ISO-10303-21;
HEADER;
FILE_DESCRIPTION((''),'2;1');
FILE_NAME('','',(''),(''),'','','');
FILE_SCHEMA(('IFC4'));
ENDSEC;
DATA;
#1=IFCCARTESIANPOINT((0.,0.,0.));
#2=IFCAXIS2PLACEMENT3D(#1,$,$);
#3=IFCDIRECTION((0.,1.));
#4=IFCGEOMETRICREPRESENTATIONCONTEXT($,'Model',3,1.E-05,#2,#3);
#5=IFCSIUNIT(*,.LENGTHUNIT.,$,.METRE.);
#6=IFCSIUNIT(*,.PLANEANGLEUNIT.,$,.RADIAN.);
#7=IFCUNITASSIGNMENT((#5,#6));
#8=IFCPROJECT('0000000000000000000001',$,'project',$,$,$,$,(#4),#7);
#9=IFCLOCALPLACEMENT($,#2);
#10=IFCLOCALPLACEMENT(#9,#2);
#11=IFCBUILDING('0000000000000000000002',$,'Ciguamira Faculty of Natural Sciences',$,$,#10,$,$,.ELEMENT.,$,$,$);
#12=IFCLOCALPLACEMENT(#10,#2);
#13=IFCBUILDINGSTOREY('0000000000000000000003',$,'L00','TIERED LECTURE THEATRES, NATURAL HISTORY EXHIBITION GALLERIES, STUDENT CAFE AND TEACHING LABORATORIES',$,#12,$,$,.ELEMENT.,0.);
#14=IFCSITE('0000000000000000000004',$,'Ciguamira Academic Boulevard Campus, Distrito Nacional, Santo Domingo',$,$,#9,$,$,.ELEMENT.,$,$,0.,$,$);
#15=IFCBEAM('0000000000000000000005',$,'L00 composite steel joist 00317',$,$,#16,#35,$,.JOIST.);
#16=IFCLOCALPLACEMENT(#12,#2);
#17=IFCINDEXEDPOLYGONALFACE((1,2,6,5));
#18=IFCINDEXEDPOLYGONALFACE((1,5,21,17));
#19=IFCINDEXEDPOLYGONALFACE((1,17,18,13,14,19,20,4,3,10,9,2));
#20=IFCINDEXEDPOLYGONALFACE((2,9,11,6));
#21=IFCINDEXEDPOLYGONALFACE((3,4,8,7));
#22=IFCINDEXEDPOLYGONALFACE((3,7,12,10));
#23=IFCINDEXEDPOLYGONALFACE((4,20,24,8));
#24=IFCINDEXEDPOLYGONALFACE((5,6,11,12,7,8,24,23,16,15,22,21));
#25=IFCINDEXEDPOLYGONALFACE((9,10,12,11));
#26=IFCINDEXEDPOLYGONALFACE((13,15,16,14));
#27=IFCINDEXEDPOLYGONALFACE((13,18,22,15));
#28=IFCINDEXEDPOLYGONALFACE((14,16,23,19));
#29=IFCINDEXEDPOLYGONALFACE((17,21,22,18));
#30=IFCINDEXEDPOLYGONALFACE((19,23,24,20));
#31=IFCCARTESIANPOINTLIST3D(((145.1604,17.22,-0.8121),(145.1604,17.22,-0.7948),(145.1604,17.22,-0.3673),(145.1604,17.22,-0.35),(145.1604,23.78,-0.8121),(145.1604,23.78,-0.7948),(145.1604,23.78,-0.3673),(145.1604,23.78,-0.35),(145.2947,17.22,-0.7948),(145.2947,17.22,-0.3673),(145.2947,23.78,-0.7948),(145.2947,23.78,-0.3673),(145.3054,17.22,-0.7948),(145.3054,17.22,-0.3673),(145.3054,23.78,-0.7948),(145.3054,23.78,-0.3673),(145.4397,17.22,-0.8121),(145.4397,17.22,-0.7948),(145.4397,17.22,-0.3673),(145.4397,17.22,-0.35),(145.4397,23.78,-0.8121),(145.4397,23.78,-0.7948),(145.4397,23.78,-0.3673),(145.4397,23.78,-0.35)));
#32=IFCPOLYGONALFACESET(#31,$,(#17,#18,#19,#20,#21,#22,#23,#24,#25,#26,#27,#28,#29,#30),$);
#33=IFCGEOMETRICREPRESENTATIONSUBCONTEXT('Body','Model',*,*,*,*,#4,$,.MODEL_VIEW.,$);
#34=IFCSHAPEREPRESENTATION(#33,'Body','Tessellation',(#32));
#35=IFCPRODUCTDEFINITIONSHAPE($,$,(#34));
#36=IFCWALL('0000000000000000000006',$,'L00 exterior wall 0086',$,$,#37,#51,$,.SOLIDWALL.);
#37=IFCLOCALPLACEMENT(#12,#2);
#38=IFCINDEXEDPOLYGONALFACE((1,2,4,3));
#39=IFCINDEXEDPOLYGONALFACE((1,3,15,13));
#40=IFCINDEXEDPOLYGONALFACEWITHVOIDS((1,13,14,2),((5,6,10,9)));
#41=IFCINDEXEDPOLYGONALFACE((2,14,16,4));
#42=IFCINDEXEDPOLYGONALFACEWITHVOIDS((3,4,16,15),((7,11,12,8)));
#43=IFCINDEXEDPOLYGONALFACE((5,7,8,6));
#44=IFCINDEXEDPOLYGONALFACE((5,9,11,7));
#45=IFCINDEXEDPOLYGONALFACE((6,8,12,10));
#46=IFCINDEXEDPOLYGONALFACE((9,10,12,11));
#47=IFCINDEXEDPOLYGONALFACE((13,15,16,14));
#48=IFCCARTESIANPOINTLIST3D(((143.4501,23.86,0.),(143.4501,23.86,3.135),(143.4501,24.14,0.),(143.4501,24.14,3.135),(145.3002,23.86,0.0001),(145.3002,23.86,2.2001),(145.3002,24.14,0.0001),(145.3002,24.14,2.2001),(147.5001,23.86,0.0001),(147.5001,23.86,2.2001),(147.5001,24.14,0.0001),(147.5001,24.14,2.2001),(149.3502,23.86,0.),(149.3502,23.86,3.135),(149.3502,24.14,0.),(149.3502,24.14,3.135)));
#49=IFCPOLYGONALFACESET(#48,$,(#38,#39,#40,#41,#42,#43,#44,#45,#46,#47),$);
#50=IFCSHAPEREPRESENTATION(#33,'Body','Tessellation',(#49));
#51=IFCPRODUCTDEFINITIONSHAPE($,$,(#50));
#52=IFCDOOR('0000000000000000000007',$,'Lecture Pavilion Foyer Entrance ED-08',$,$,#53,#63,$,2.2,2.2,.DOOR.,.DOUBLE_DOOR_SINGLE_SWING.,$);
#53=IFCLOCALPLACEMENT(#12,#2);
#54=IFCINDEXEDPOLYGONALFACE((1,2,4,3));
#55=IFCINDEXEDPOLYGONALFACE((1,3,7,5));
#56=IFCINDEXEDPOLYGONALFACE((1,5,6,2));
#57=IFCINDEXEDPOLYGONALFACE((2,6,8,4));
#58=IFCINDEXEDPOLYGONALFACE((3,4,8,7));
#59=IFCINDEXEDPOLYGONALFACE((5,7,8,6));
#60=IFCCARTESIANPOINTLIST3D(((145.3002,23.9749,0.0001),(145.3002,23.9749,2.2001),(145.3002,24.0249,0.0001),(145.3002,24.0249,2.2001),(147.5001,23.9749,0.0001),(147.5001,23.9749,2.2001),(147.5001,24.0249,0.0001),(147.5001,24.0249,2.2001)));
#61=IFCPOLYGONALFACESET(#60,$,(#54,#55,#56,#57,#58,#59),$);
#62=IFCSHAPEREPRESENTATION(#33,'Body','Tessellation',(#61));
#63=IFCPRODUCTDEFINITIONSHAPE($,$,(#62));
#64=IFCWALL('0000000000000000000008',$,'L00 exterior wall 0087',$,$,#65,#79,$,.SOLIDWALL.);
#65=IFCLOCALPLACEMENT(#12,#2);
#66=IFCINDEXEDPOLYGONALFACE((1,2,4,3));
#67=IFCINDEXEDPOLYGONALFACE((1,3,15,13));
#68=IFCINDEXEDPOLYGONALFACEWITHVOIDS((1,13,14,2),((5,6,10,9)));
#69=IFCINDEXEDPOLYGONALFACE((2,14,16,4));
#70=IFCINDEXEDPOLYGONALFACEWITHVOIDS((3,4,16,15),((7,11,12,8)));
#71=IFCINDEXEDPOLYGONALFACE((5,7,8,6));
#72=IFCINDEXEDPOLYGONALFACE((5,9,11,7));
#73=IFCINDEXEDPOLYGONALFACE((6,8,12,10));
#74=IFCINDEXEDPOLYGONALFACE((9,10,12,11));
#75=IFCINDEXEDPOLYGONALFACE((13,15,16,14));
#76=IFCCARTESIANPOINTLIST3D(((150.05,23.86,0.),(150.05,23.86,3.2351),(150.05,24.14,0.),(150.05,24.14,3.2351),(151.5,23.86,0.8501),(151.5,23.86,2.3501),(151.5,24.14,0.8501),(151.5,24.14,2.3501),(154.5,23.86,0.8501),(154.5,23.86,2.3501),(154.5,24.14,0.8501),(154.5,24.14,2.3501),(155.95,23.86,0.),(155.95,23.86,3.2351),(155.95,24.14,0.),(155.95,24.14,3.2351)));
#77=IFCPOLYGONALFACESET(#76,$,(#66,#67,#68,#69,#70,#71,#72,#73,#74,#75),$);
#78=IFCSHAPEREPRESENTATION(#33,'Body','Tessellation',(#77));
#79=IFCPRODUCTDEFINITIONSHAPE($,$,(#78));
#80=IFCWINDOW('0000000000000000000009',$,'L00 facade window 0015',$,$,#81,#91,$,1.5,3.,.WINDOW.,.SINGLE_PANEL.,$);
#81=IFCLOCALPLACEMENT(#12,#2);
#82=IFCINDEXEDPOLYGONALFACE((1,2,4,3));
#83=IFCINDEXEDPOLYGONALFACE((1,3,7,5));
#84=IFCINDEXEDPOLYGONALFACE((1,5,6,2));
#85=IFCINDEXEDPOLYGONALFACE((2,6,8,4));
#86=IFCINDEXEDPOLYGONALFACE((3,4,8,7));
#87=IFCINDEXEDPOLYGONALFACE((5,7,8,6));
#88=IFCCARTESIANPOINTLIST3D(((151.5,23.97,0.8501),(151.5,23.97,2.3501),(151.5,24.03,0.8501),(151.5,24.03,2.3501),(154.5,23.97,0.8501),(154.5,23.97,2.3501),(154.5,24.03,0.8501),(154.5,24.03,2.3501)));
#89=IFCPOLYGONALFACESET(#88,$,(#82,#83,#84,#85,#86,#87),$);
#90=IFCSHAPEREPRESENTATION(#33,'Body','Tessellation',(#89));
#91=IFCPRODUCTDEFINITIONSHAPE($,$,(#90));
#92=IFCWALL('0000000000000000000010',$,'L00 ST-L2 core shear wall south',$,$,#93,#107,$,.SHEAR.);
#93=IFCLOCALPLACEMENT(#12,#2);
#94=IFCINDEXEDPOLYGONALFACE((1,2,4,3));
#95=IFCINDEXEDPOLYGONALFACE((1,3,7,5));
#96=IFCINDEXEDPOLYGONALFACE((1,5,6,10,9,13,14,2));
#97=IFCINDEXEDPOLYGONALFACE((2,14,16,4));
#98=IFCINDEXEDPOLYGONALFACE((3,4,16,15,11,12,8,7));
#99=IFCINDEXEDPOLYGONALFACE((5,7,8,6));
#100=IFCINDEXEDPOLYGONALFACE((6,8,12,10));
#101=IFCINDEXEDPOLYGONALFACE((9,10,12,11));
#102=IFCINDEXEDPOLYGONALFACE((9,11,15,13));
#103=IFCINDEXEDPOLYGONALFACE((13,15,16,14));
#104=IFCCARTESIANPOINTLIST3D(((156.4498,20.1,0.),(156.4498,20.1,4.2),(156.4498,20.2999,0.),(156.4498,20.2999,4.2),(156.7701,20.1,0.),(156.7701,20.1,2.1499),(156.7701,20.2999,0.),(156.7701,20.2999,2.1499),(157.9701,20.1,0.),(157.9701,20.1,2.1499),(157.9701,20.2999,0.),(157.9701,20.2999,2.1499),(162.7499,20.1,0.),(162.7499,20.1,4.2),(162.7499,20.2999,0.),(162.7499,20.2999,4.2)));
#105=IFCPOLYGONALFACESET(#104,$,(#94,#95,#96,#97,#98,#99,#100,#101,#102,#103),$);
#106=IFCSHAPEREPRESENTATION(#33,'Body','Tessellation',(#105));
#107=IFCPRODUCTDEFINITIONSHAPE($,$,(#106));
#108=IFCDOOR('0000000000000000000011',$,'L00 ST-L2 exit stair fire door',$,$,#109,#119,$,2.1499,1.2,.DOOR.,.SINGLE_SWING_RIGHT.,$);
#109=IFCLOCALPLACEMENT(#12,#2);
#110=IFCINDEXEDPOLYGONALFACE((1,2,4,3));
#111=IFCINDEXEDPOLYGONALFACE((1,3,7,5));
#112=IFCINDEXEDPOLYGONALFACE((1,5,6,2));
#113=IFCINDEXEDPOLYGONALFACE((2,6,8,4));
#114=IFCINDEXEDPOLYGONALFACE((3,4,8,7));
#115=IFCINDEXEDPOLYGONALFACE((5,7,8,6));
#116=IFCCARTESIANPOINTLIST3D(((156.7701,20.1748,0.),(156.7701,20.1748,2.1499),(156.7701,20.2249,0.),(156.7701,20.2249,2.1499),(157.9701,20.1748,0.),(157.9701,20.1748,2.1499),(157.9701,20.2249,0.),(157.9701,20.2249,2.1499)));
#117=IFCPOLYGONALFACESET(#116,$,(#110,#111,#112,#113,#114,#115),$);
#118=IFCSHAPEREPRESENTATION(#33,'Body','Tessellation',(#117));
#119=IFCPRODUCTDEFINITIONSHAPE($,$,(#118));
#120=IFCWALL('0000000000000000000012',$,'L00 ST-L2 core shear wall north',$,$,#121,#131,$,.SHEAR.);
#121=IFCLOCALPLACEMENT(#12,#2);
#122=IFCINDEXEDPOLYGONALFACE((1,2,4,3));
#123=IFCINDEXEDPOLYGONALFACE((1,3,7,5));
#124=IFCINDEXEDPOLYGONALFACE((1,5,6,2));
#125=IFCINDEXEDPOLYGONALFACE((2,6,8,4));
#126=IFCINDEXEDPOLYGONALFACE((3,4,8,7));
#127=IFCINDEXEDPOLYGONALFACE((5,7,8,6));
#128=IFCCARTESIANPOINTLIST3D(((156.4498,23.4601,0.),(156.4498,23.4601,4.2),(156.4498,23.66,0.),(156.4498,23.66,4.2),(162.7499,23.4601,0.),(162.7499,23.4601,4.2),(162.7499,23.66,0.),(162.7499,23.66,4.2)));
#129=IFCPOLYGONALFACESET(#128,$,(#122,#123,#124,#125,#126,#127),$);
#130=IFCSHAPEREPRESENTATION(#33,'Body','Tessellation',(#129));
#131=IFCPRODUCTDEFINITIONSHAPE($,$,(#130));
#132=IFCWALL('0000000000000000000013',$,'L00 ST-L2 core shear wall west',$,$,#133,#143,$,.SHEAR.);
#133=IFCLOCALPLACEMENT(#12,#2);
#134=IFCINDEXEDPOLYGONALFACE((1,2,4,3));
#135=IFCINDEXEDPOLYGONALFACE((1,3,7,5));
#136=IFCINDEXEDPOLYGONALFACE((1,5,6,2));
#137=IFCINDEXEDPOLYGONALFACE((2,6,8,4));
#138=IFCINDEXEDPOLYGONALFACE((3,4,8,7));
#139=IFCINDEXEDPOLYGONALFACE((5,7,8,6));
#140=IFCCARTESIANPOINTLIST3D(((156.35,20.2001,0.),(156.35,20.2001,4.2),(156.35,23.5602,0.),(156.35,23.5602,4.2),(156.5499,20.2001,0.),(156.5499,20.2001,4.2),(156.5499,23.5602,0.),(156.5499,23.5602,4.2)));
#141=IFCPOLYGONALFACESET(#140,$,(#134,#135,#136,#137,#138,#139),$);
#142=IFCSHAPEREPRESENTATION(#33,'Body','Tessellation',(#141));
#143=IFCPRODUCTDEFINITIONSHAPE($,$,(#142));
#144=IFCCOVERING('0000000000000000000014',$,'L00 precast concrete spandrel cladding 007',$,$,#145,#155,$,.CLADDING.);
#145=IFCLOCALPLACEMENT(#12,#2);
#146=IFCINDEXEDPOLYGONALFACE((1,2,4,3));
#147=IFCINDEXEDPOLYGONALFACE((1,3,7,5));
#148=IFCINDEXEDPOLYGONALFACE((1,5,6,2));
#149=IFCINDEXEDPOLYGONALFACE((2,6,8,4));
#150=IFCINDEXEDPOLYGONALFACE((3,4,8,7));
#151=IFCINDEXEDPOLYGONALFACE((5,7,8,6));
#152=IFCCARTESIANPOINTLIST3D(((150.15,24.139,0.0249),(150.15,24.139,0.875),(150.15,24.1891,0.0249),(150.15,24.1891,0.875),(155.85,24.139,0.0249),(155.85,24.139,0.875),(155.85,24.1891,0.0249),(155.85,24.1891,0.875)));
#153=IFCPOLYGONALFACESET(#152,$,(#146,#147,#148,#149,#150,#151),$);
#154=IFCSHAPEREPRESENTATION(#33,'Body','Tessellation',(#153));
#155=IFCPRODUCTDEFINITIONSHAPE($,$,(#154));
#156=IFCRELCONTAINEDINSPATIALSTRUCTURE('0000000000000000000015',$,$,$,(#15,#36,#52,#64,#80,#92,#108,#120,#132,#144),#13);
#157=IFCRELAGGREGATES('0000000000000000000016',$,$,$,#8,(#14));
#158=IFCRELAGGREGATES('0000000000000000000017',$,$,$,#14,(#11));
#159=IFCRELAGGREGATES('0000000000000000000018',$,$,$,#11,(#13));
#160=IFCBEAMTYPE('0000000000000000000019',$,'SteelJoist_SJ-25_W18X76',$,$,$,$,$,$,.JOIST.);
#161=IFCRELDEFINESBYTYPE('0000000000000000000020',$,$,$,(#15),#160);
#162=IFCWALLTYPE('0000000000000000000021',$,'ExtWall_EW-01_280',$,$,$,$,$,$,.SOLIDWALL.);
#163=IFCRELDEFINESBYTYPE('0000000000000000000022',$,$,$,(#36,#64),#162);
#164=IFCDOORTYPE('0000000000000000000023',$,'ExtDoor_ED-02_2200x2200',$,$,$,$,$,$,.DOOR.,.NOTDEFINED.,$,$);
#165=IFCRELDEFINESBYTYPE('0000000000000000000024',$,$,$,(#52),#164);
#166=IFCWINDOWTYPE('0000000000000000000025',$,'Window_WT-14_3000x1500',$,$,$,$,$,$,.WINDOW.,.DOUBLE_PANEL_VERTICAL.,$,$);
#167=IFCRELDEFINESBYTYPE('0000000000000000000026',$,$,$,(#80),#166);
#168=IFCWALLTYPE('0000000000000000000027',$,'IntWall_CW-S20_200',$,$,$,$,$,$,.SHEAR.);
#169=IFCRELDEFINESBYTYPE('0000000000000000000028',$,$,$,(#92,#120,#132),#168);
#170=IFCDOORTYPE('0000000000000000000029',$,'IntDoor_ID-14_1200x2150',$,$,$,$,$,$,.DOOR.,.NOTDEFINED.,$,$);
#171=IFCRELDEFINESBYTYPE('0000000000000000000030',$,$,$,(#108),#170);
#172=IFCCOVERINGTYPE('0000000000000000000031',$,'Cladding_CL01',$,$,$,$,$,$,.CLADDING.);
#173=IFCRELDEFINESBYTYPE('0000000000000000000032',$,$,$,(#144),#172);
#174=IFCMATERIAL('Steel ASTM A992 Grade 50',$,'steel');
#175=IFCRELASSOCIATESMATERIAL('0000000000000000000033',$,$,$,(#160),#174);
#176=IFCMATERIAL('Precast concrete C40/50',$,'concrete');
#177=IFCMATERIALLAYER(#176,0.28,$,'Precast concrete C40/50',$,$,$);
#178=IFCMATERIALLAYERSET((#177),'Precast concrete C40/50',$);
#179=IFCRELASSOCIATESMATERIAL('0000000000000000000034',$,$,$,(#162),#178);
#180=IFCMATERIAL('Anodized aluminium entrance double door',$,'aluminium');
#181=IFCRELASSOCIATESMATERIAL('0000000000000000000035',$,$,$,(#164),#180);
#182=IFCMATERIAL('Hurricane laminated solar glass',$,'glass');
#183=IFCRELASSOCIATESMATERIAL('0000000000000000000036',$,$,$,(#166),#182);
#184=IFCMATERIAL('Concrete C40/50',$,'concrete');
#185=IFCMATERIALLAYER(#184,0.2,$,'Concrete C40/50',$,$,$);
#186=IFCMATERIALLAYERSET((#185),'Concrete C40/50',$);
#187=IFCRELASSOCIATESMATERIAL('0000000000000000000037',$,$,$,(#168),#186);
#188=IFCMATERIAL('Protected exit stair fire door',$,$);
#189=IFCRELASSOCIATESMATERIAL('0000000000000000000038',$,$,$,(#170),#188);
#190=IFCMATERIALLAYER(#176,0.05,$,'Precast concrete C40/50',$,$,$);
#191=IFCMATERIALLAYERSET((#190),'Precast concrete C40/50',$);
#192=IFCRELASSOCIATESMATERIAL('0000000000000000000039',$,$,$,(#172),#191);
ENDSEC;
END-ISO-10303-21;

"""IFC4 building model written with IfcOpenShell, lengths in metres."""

from ifc_helpers import new_model, si_unit, direction, frame, frame_2d, origin, origin_2d, place, context, subcontext, project, spatial, rectangle, i_section, extrude, material, layer, layer_set, material_profile, profile_set, type_object, element, fill, save


model = new_model("IFC4")

# Units and contexts
model_context = context("Model", 3, precision=1e-05, world=origin(), true_north=direction((0.0, 1.0)))
body_context = subcontext(model_context, "Body", "Model", "MODEL_VIEW")
ifc_project = project(units=[si_unit("LENGTHUNIT", "METRE"), si_unit("PLANEANGLEUNIT", "RADIAN")], contexts=[model_context])

# Site, building, storey
site_placement = place(None, origin())
site = spatial("IfcSite", under=ifc_project, at=site_placement, Name="Ciguamira Academic Boulevard Campus, Distrito Nacional, Santo Domingo", CompositionType="ELEMENT", RefElevation=0.0)
building_placement = place(site_placement, origin())
building = spatial("IfcBuilding", under=site, at=building_placement, Name="Ciguamira Faculty of Natural Sciences", CompositionType="ELEMENT")
storey_placement = place(building_placement, origin())
storey = spatial("IfcBuildingStorey", under=building, at=storey_placement, Name="L00", Description="TIERED LECTURE THEATRES, NATURAL HISTORY EXHIBITION GALLERIES, STUDENT CAFE AND TEACHING LABORATORIES", CompositionType="ELEMENT", Elevation=0.0)

# Beam
ifc_material_1 = material(Name="Concrete C40/50", Category="concrete")
ifc_material_2 = material(Name="Steel ASTM A992 Grade 50", Category="steel")
ifc_material_profile_1 = material_profile(ifc_material_2, i_section(OverallWidth=0.2793, OverallDepth=0.4622, WebThickness=0.0107, FlangeThickness=0.0173, at=origin_2d()), Name="W18X76")
ifc_profile_set_1 = profile_set([ifc_material_profile_1], Name="Steel ASTM A992 Grade 50")
beam_type_1 = type_object("IfcBeamType", Name="SteelJoist_SJ-25_W18X76", PredefinedType="JOIST", material=ifc_profile_set_1)
beam_1_placement = place(storey_placement, frame((145.3, 17.22, -0.5811), z_axis=(0.0, 1.0, 0.0), x_axis=(-1.0, 0.0, 0.0)))
element("IfcBeam", 1, at=beam_1_placement, inside=storey, type_object=beam_type_1, Name="L00 composite steel joist 00317", PredefinedType="JOIST", context=body_context, shape_type="SweptSolid", body=[
    extrude(i_section(OverallWidth=0.2793, OverallDepth=0.4622, WebThickness=0.0107, FlangeThickness=0.0173, at=origin_2d()), origin(), (0.0, 0.0, 1.0), 6.5601),
])

# Wall, opening, door
ifc_material_3 = material(Name="Precast concrete C40/50", Category="concrete")
ifc_layer_1 = layer(ifc_material_3, 0.28, Name="Precast concrete C40/50")
ifc_layer_set_1 = layer_set([ifc_layer_1], Name="Precast concrete C40/50")
wall_type_1 = type_object("IfcWallType", Name="ExtWall_EW-01_280", PredefinedType="SOLIDWALL", material=ifc_layer_set_1)
wall_1_placement = place(storey_placement, frame((143.45, 24.0, 0.0), z_axis=(0.0, 0.0, 1.0), x_axis=(1.0, 0.0, 0.0)))
wall_1 = element("IfcWall", 2, at=wall_1_placement, inside=storey, type_object=wall_type_1, Name="L00 exterior wall 0086", PredefinedType="SOLIDWALL", context=body_context, shape_type="SweptSolid", body=[
    extrude(rectangle(XDim=5.9001, YDim=0.28, at=frame_2d((2.9502, 0.0))), origin(), (0.0, 0.0, 1.0), 3.135),
])
opening_1_placement = place(wall_1_placement, frame((1.8501, 0.0, 0.0)))
opening_1 = element("IfcOpeningElement", 3, at=opening_1_placement, cuts=wall_1, PredefinedType="OPENING", context=body_context, shape_type="SweptSolid", body=[
    extrude(rectangle(XDim=2.2, YDim=2.2, at=frame_2d((1.1001, 1.1001))), frame((0.0, 0.1499, 0.0), z_axis=(0.0, -1.0, 0.0), x_axis=(1.0, 0.0, 0.0)), (0.0, 0.0, 1.0), 0.3),
])
ifc_material_4 = material(Name="Anodized aluminium entrance double door", Category="aluminium")
door_type_1 = type_object("IfcDoorType", Name="ExtDoor_ED-02_2200x2200", OperationType="NOTDEFINED", PredefinedType="DOOR", material=ifc_material_4)
door_1_placement = place(opening_1_placement, origin())
door_1 = element("IfcDoor", 4, at=door_1_placement, inside=storey, type_object=door_type_1, Name="Lecture Pavilion Foyer Entrance ED-08", OperationType="DOUBLE_DOOR_SINGLE_SWING", OverallHeight=2.2, OverallWidth=2.2, PredefinedType="DOOR", context=body_context, shape_type="SweptSolid", body=[
    extrude(rectangle(XDim=2.2, YDim=2.2, at=frame_2d((1.1001, 1.1001))), frame((0.0, 0.0249, 0.0), z_axis=(0.0, -1.0, 0.0), x_axis=(1.0, 0.0, 0.0)), (0.0, 0.0, 1.0), 0.05),
])
fill(opening_1, door_1)

# Wall, opening, window
wall_2_placement = place(storey_placement, frame((150.05, 24.0, 0.0), z_axis=(0.0, 0.0, 1.0), x_axis=(1.0, 0.0, 0.0)))
wall_2 = element("IfcWall", 5, at=wall_2_placement, inside=storey, type_object=wall_type_1, Name="L00 exterior wall 0087", PredefinedType="SOLIDWALL", context=body_context, shape_type="SweptSolid", body=[
    extrude(rectangle(XDim=5.8999, YDim=0.28, at=frame_2d((2.95, 0.0))), origin(), (0.0, 0.0, 1.0), 3.2351),
])
opening_2_placement = place(wall_2_placement, frame((1.45, 0.0, 0.8501)))
opening_2 = element("IfcOpeningElement", 6, at=opening_2_placement, cuts=wall_2, PredefinedType="OPENING", context=body_context, shape_type="SweptSolid", body=[
    extrude(rectangle(XDim=3.0, YDim=1.5, at=frame_2d((1.5, 0.75))), frame((0.0, 0.1499, 0.0), z_axis=(0.0, -1.0, 0.0), x_axis=(1.0, 0.0, 0.0)), (0.0, 0.0, 1.0), 0.3),
])
ifc_material_5 = material(Name="Hurricane laminated solar glass", Category="glass")
window_type = type_object("IfcWindowType", Name="Window_WT-14_3000x1500", PartitioningType="DOUBLE_PANEL_VERTICAL", PredefinedType="WINDOW", material=ifc_material_5)
window_placement = place(opening_2_placement, origin())
window = element("IfcWindow", 7, at=window_placement, inside=storey, type_object=window_type, Name="L00 facade window 0015", OverallHeight=1.5, OverallWidth=3.0, PartitioningType="SINGLE_PANEL", PredefinedType="WINDOW", context=body_context, shape_type="SweptSolid", body=[
    extrude(rectangle(XDim=3.0, YDim=1.5, at=frame_2d((1.5, 0.75))), frame((0.0, 0.03, 0.0), z_axis=(0.0, -1.0, 0.0), x_axis=(1.0, 0.0, 0.0)), (0.0, 0.0, 1.0), 0.0601),
])
fill(opening_2, window)

# Wall, opening, door
ifc_layer_2 = layer(ifc_material_1, 0.2, Name="Concrete C40/50")
ifc_layer_set_2 = layer_set([ifc_layer_2], Name="Concrete C40/50")
wall_type_2 = type_object("IfcWallType", Name="IntWall_CW-S20_200", PredefinedType="SHEAR", material=ifc_layer_set_2)
wall_3_placement = place(storey_placement, frame((156.45, 20.2, 0.0), z_axis=(0.0, 0.0, 1.0), x_axis=(1.0, 0.0, 0.0)))
wall_3 = element("IfcWall", 8, at=wall_3_placement, inside=storey, type_object=wall_type_2, Name="L00 ST-L2 core shear wall south", PredefinedType="SHEAR", context=body_context, shape_type="SweptSolid", body=[
    extrude(rectangle(XDim=6.3, YDim=0.2, at=frame_2d((3.1499, 0.0))), origin(), (0.0, 0.0, 1.0), 4.2),
])
opening_3_placement = place(wall_3_placement, frame((0.3201, 0.0, 0.0)))
opening_3 = element("IfcOpeningElement", 9, at=opening_3_placement, cuts=wall_3, PredefinedType="OPENING", context=body_context, shape_type="SweptSolid", body=[
    extrude(rectangle(XDim=1.2, YDim=2.1499, at=frame_2d((0.6001, 1.075))), frame((0.0, 0.1099, 0.0), z_axis=(0.0, -1.0, 0.0), x_axis=(1.0, 0.0, 0.0)), (0.0, 0.0, 1.0), 0.22),
])
ifc_material_6 = material(Name="Protected exit stair fire door")
door_type_2 = type_object("IfcDoorType", Name="IntDoor_ID-14_1200x2150", OperationType="NOTDEFINED", PredefinedType="DOOR", material=ifc_material_6)
door_2_placement = place(opening_3_placement, origin())
door_2 = element("IfcDoor", 10, at=door_2_placement, inside=storey, type_object=door_type_2, Name="L00 ST-L2 exit stair fire door", OperationType="SINGLE_SWING_RIGHT", OverallHeight=2.1499, OverallWidth=1.2, PredefinedType="DOOR", context=body_context, shape_type="SweptSolid", body=[
    extrude(rectangle(XDim=1.2, YDim=2.1499, at=frame_2d((0.6001, 1.075))), frame((0.0, 0.0249, 0.0), z_axis=(0.0, -1.0, 0.0), x_axis=(1.0, 0.0, 0.0)), (0.0, 0.0, 1.0), 0.05),
])
fill(opening_3, door_2)

# Walls
wall_4_placement = place(storey_placement, frame((156.45, 23.5601, 0.0), z_axis=(0.0, 0.0, 1.0), x_axis=(1.0, 0.0, 0.0)))
element("IfcWall", 11, at=wall_4_placement, inside=storey, type_object=wall_type_2, Name="L00 ST-L2 core shear wall north", PredefinedType="SHEAR", context=body_context, shape_type="SweptSolid", body=[
    extrude(rectangle(XDim=6.3, YDim=0.2, at=frame_2d((3.1499, 0.0))), origin(), (0.0, 0.0, 1.0), 4.2),
])
wall_5_placement = place(storey_placement, frame((156.45, 20.2, 0.0), z_axis=(0.0, 0.0, 1.0), x_axis=(0.0, 1.0, 0.0)))
element("IfcWall", 12, at=wall_5_placement, inside=storey, type_object=wall_type_2, Name="L00 ST-L2 core shear wall west", PredefinedType="SHEAR", context=body_context, shape_type="SweptSolid", body=[
    extrude(rectangle(XDim=3.3601, YDim=0.2, at=frame_2d((1.6802, 0.0))), origin(), (0.0, 0.0, 1.0), 4.2),
])

# Covering
ifc_layer_3 = layer(ifc_material_3, 0.05, Name="Precast concrete C40/50")
ifc_layer_set_3 = layer_set([ifc_layer_3], Name="Precast concrete C40/50")
covering_type = type_object("IfcCoveringType", Name="Cladding_CL01", PredefinedType="CLADDING", material=ifc_layer_set_3)
covering_placement = place(storey_placement, frame((153.0, 24.1641, 0.0249), z_axis=(0.0, 0.0, 1.0), x_axis=(1.0, 0.0, 0.0)))
element("IfcCovering", 13, at=covering_placement, inside=storey, type_object=covering_type, Name="L00 precast concrete spandrel cladding 007", PredefinedType="CLADDING", context=body_context, shape_type="SweptSolid", body=[
    extrude(rectangle(XDim=5.7, YDim=0.05, at=origin_2d()), origin(), (0.0, 0.0, 1.0), 0.8501),
])

save(model, "model.ifc")
